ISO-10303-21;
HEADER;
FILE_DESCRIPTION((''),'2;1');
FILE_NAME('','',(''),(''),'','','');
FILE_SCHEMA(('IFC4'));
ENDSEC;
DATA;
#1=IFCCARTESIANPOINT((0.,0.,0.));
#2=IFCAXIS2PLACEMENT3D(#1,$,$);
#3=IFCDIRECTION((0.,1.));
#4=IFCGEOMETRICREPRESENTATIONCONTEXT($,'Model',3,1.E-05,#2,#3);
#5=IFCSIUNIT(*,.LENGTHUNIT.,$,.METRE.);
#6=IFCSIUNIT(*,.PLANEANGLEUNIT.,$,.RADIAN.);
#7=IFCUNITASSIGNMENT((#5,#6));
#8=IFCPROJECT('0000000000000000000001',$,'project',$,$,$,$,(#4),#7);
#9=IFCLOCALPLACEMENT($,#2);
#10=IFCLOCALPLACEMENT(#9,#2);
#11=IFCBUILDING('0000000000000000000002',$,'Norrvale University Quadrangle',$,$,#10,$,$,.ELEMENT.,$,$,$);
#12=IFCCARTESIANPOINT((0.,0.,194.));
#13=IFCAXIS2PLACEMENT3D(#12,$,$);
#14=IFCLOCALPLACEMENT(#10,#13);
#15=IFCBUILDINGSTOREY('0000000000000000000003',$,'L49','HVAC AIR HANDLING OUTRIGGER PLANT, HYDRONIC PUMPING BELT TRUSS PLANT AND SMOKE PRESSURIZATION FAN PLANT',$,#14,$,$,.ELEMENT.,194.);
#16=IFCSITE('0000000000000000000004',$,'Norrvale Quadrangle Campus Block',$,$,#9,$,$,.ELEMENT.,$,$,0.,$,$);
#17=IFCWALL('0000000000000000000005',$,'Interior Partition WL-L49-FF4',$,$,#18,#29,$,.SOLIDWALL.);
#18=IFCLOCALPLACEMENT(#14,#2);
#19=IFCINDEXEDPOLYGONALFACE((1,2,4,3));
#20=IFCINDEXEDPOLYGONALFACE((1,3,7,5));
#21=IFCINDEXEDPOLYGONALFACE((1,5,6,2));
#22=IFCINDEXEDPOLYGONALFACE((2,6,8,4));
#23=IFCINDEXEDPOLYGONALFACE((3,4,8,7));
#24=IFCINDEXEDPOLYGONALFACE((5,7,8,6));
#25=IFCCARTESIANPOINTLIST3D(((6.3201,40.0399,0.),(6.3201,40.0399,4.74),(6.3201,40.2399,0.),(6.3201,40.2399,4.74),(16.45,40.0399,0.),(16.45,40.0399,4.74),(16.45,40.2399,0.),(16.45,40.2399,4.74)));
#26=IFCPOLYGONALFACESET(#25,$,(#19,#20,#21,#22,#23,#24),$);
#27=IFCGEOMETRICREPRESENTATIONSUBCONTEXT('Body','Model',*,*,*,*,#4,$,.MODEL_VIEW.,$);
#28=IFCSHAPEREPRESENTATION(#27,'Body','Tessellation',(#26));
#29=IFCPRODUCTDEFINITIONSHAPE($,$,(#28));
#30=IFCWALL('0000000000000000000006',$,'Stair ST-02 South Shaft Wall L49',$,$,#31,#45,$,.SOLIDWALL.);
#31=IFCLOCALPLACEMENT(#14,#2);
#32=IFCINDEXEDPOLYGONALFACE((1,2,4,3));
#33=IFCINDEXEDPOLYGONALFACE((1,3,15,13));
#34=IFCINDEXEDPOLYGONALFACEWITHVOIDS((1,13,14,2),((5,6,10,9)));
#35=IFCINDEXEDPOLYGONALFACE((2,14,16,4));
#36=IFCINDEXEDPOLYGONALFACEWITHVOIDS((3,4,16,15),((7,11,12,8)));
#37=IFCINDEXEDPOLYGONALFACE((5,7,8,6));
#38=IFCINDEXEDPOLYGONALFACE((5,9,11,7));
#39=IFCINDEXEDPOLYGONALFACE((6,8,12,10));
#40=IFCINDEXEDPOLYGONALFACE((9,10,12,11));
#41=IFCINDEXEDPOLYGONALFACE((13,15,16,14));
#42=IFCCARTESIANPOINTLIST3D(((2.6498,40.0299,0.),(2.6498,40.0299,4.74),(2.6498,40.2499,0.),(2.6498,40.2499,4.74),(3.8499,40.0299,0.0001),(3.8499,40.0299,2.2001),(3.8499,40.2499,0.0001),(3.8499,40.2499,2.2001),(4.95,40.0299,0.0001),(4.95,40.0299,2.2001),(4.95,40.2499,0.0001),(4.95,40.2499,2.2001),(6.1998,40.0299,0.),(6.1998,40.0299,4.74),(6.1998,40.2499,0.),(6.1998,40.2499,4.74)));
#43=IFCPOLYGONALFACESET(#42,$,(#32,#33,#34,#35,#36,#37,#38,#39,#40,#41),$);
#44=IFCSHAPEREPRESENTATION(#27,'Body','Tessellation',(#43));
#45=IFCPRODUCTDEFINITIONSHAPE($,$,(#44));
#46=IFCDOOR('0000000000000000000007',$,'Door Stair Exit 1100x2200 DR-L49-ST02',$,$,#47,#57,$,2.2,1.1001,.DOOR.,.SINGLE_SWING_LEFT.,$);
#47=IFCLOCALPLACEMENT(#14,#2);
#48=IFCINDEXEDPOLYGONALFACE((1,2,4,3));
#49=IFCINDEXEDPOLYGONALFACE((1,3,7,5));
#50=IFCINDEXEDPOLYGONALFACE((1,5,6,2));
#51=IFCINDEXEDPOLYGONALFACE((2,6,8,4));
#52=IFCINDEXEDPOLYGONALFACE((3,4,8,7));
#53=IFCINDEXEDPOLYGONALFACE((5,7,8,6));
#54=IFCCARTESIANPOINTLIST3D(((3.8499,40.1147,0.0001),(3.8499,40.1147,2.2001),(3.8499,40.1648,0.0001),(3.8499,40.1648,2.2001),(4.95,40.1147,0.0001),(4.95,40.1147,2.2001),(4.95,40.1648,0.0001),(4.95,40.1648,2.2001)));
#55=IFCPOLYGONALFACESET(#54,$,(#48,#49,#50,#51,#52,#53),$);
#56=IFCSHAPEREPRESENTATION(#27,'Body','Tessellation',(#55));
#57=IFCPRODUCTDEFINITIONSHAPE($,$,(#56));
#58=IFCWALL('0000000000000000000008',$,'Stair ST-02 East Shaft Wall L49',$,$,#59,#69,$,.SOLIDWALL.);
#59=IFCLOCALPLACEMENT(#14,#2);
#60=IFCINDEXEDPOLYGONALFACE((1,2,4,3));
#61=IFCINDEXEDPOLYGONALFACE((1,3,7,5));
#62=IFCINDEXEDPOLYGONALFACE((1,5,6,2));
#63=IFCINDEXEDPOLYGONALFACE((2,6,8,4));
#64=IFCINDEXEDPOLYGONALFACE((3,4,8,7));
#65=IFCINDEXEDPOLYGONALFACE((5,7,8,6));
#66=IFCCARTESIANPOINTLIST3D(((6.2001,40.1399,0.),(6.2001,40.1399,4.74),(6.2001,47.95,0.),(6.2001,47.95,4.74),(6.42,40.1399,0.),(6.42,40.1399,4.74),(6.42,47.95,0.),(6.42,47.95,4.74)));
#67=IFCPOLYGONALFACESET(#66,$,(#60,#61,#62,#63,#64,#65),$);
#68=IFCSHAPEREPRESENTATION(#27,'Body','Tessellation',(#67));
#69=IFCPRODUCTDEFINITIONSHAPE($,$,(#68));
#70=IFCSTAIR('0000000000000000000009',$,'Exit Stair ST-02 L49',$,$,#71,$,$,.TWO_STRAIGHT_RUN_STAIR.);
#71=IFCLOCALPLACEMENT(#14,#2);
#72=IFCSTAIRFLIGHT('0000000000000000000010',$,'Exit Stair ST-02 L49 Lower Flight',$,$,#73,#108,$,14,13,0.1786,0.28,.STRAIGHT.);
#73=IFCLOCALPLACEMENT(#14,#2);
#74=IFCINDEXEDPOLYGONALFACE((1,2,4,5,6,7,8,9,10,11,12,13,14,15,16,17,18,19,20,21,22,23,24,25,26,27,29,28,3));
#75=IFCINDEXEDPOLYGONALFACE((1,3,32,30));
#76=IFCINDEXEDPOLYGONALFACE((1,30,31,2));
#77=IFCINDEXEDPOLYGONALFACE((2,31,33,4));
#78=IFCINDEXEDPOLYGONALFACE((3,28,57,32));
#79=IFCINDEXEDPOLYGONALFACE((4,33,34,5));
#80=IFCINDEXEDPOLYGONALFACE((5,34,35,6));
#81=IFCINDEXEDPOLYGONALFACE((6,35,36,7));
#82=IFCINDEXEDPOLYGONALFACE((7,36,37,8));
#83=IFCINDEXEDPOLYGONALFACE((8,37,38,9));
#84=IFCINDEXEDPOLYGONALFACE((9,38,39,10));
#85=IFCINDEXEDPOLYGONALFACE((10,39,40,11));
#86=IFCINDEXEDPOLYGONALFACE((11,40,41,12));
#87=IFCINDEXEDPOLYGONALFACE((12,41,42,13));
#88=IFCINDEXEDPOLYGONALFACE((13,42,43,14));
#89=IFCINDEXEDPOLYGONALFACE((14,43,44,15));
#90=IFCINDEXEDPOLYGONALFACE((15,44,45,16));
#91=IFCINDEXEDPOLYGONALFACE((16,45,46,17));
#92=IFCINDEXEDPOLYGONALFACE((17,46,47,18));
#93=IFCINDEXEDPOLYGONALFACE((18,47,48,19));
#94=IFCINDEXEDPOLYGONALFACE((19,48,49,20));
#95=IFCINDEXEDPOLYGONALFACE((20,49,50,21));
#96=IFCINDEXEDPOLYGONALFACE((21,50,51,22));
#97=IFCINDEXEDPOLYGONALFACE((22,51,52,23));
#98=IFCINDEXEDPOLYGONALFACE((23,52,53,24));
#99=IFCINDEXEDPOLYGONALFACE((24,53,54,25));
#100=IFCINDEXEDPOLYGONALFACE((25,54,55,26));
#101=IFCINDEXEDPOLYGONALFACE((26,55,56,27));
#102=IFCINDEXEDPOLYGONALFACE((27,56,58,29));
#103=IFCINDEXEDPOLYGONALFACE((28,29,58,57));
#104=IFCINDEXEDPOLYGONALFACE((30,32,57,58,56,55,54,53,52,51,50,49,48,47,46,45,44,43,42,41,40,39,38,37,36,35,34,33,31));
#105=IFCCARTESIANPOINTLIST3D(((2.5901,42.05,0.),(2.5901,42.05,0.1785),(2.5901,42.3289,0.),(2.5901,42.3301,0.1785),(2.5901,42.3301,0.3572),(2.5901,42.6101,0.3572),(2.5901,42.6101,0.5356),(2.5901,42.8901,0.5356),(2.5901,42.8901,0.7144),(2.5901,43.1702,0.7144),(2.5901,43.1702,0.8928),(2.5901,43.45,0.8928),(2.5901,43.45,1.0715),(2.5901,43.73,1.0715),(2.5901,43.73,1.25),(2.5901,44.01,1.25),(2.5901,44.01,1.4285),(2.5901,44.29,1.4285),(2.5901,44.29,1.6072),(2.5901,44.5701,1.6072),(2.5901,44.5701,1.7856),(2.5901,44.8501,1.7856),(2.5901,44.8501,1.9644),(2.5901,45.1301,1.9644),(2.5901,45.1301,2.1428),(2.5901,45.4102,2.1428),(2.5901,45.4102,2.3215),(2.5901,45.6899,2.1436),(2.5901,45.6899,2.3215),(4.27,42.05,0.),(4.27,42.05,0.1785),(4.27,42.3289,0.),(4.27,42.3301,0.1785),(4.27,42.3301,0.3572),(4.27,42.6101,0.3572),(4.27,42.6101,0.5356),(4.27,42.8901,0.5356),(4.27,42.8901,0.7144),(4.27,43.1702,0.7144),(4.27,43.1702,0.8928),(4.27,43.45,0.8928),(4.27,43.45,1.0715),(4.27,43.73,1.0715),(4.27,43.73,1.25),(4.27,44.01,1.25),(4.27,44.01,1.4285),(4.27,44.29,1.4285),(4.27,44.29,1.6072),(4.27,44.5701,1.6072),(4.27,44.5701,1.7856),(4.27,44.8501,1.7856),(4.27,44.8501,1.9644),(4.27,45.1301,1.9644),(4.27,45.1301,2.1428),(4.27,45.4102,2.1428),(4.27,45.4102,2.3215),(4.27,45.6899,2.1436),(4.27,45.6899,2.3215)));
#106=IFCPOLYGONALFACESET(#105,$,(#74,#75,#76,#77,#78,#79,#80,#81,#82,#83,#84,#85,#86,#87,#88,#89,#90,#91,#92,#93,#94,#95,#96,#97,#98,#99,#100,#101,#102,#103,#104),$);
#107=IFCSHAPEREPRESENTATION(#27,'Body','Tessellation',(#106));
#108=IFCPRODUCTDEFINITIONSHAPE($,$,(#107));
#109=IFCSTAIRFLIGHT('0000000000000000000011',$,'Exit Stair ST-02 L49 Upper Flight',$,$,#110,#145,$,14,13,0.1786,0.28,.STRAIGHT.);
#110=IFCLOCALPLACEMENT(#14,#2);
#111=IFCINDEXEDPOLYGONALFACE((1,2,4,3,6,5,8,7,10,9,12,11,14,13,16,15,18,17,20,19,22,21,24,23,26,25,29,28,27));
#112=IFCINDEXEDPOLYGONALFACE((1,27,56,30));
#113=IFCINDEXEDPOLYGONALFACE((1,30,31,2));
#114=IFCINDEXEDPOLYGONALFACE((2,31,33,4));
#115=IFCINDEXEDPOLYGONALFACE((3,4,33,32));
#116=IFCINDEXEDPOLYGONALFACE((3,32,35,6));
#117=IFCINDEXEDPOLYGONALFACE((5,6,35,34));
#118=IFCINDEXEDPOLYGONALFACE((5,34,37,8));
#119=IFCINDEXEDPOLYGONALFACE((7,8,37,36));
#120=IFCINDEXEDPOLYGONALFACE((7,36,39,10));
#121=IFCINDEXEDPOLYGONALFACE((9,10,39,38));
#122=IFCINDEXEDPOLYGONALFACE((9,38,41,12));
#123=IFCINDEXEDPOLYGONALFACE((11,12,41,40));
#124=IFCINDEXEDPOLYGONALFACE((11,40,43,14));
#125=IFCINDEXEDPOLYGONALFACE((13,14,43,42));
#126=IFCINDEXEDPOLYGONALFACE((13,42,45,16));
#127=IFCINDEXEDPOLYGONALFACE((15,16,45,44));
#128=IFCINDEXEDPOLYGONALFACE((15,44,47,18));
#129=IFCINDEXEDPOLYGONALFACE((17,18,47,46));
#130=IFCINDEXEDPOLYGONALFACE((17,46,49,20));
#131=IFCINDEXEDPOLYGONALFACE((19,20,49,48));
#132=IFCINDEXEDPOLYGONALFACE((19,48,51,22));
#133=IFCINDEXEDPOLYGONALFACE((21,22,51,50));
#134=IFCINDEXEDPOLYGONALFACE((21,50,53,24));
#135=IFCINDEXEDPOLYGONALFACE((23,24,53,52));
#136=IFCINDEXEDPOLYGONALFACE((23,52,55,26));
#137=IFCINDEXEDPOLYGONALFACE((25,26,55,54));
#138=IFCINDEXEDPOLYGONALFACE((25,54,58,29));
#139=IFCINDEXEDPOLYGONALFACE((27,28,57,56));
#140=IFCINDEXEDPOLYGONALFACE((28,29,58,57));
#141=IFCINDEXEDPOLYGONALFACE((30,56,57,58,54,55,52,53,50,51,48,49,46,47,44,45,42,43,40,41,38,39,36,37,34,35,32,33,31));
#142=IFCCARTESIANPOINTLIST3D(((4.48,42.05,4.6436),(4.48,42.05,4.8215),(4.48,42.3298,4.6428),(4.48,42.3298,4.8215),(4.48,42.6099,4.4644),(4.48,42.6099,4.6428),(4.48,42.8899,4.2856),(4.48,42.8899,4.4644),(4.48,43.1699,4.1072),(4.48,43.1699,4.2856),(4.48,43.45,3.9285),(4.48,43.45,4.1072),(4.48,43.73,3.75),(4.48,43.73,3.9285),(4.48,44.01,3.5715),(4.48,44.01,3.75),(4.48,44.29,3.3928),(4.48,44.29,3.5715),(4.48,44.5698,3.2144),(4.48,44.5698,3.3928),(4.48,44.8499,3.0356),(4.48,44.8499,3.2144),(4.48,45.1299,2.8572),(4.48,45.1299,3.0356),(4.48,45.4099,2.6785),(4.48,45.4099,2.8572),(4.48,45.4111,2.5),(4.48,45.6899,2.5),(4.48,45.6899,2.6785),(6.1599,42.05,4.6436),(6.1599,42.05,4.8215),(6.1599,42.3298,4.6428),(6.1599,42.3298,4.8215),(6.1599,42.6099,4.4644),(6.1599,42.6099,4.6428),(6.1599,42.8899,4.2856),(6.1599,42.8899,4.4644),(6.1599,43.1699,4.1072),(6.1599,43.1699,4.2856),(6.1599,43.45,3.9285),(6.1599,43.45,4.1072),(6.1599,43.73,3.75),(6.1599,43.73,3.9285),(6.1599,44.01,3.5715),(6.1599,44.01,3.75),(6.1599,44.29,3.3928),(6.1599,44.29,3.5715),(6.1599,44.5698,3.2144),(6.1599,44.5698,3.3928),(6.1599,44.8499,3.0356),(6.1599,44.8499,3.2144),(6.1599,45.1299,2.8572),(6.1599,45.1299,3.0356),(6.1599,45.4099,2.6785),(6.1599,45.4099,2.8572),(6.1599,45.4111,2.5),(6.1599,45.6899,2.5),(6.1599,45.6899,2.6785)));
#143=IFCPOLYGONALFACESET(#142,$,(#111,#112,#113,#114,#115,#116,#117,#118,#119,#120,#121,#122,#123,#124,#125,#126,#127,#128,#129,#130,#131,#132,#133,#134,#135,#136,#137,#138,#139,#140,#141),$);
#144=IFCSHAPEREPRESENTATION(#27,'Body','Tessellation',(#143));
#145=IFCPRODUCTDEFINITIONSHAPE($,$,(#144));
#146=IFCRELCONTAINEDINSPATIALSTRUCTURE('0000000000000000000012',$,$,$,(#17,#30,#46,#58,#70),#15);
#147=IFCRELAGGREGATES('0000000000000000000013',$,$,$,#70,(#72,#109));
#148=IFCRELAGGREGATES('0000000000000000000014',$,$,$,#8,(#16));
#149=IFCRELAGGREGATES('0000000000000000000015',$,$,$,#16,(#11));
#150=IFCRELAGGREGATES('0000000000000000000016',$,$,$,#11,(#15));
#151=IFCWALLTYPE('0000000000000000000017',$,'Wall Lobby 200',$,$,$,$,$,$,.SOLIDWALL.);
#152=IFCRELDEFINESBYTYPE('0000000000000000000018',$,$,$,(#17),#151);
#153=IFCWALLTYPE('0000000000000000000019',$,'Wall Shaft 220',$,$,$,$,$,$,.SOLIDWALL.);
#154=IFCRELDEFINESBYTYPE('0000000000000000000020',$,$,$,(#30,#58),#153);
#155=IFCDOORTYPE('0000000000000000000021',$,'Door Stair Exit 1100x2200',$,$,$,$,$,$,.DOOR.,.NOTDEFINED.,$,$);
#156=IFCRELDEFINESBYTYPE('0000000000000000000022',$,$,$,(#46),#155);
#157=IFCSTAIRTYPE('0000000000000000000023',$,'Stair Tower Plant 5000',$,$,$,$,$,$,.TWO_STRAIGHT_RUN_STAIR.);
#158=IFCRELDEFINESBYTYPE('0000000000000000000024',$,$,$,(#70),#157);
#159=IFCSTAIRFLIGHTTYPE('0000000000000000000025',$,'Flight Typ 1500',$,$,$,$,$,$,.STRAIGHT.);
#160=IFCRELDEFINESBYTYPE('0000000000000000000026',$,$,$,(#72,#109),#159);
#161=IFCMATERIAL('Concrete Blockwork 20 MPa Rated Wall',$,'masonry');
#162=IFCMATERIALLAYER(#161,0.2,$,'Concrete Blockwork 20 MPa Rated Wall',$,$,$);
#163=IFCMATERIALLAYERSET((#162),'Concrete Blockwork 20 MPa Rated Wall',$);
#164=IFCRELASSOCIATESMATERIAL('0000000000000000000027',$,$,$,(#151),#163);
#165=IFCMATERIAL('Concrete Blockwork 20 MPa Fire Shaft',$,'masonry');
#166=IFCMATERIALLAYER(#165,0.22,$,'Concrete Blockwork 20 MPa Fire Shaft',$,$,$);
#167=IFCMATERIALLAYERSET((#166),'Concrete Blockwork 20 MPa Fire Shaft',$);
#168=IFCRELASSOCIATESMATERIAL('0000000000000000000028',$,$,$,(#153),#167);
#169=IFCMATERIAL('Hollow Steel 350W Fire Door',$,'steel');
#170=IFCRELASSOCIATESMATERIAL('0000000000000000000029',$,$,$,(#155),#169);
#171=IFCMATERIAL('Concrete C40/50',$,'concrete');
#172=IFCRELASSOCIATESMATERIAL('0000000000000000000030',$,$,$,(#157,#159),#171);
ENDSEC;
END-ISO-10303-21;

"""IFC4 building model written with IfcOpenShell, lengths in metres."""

from ifc_helpers import new_model, si_unit, direction, frame, frame_2d, origin, place, context, subcontext, project, spatial, polyline, rectangle, outline, extrude, material, layer, layer_set, type_object, element, fill, aggregate, save


model = new_model("IFC4")

# Units and contexts
model_context = context("Model", 3, precision=1e-05, world=origin(), true_north=direction((0.0, 1.0)))
body_context = subcontext(model_context, "Body", "Model", "MODEL_VIEW")
ifc_project = project(units=[si_unit("LENGTHUNIT", "METRE"), si_unit("PLANEANGLEUNIT", "RADIAN")], contexts=[model_context])

# Site, building, storey
site_placement = place(None, origin())
site = spatial("IfcSite", under=ifc_project, at=site_placement, Name="Norrvale Quadrangle Campus Block", CompositionType="ELEMENT", RefElevation=0.0)
building_placement = place(site_placement, origin())
building = spatial("IfcBuilding", under=site, at=building_placement, Name="Norrvale University Quadrangle", CompositionType="ELEMENT")
storey_placement = place(building_placement, frame((0.0, 0.0, 194.0)))
storey = spatial("IfcBuildingStorey", under=building, at=storey_placement, Name="L49", Description="HVAC AIR HANDLING OUTRIGGER PLANT, HYDRONIC PUMPING BELT TRUSS PLANT AND SMOKE PRESSURIZATION FAN PLANT", CompositionType="ELEMENT", Elevation=194.0)

# Wall
ifc_material_1 = material(Name="Concrete Blockwork 20 MPa Rated Wall", Category="masonry")
ifc_layer_1 = layer(ifc_material_1, 0.2, Name="Concrete Blockwork 20 MPa Rated Wall")
ifc_layer_set_1 = layer_set([ifc_layer_1], Name="Concrete Blockwork 20 MPa Rated Wall")
wall_type_1 = type_object("IfcWallType", Name="Wall Lobby 200", PredefinedType="SOLIDWALL", material=ifc_layer_set_1)
wall_1_placement = place(storey_placement, frame((6.3201, 40.1399, 0.0), z_axis=(0.0, 0.0, 1.0), x_axis=(1.0, 0.0, 0.0)))
element("IfcWall", 1, at=wall_1_placement, inside=storey, type_object=wall_type_1, Name="Interior Partition WL-L49-FF4", PredefinedType="SOLIDWALL", context=body_context, shape_type="SweptSolid", body=[
    extrude(rectangle(XDim=10.1299, YDim=0.2, at=frame_2d((5.0649, 0.0))), origin(), (0.0, 0.0, 1.0), 4.74),
])

# Wall, opening, door
ifc_material_2 = material(Name="Concrete Blockwork 20 MPa Fire Shaft", Category="masonry")
ifc_layer_2 = layer(ifc_material_2, 0.22, Name="Concrete Blockwork 20 MPa Fire Shaft")
ifc_layer_set_2 = layer_set([ifc_layer_2], Name="Concrete Blockwork 20 MPa Fire Shaft")
wall_type_2 = type_object("IfcWallType", Name="Wall Shaft 220", PredefinedType="SOLIDWALL", material=ifc_layer_set_2)
wall_2_placement = place(storey_placement, frame((2.6499, 40.1399, 0.0), z_axis=(0.0, 0.0, 1.0), x_axis=(1.0, 0.0, 0.0)))
wall_2 = element("IfcWall", 2, at=wall_2_placement, inside=storey, type_object=wall_type_2, Name="Stair ST-02 South Shaft Wall L49", PredefinedType="SOLIDWALL", context=body_context, shape_type="SweptSolid", body=[
    extrude(rectangle(XDim=3.55, YDim=0.22, at=frame_2d((1.7749, 0.0))), origin(), (0.0, 0.0, 1.0), 4.74),
])
opening_1_placement = place(wall_2_placement, frame((1.2, 0.0, 0.0)))
opening_1 = element("IfcOpeningElement", 3, at=opening_1_placement, cuts=wall_2, PredefinedType="OPENING", context=body_context, shape_type="SweptSolid", body=[
    extrude(rectangle(XDim=1.1001, YDim=2.2, at=frame_2d((0.55, 1.1001))), frame((0.0, 0.1221, 0.0), z_axis=(0.0, -1.0, 0.0), x_axis=(1.0, 0.0, 0.0)), (0.0, 0.0, 1.0), 0.2439),
])
ifc_material_3 = material(Name="Hollow Steel 350W Fire Door", Category="steel")
door_type_1 = type_object("IfcDoorType", Name="Door Stair Exit 1100x2200", OperationType="NOTDEFINED", PredefinedType="DOOR", material=ifc_material_3)
door_1_placement = place(opening_1_placement, origin())
door_1 = element("IfcDoor", 4, at=door_1_placement, inside=storey, type_object=door_type_1, Name="Door Stair Exit 1100x2200 DR-L49-ST02", OperationType="SINGLE_SWING_LEFT", OverallHeight=2.2, OverallWidth=1.1001, PredefinedType="DOOR", context=body_context, shape_type="SweptSolid", body=[
    extrude(rectangle(XDim=1.1001, YDim=2.2, at=frame_2d((0.55, 1.1001))), frame((0.0, 0.0249, 0.0), z_axis=(0.0, -1.0, 0.0), x_axis=(1.0, 0.0, 0.0)), (0.0, 0.0, 1.0), 0.05),
])
fill(opening_1, door_1)

# Wall
wall_3_placement = place(storey_placement, frame((6.3101, 40.1399, 0.0), z_axis=(0.0, 0.0, 1.0), x_axis=(0.0, 1.0, 0.0)))
element("IfcWall", 5, at=wall_3_placement, inside=storey, type_object=wall_type_2, Name="Stair ST-02 East Shaft Wall L49", PredefinedType="SOLIDWALL", context=body_context, shape_type="SweptSolid", body=[
    extrude(rectangle(XDim=7.8101, YDim=0.22, at=frame_2d((3.905, 0.0))), origin(), (0.0, 0.0, 1.0), 4.74),
])

# Stair, stair flights
ifc_material_4 = material(Name="Concrete C40/50", Category="concrete")
stair_type = type_object("IfcStairType", Name="Stair Tower Plant 5000", PredefinedType="TWO_STRAIGHT_RUN_STAIR", material=ifc_material_4)
stair_placement = place(storey_placement, origin())
stair = element("IfcStair", 6, at=stair_placement, inside=storey, type_object=stair_type, Name="Exit Stair ST-02 L49", PredefinedType="TWO_STRAIGHT_RUN_STAIR")
stair_flight_type = type_object("IfcStairFlightType", Name="Flight Typ 1500", PredefinedType="STRAIGHT", material=ifc_material_4)
stair_flight_1_placement = place(storey_placement, frame((3.4299, 42.05, 0.0), z_axis=(0.0, 0.0, 1.0), x_axis=(0.0, 1.0, 0.0)))
stair_flight_1 = element("IfcStairFlight", 7, at=stair_flight_1_placement, type_object=stair_flight_type, Name="Exit Stair ST-02 L49 Lower Flight", NumberOfRisers=14, NumberOfTreads=13, PredefinedType="STRAIGHT", RiserHeight=0.1786, TreadLength=0.28, context=body_context, shape_type="SweptSolid", body=[
    extrude(outline(polyline([(0.0, 0.0), (0.0, 0.1785), (0.28, 0.1785), (0.28, 0.3572), (0.5601, 0.3572), (0.5601, 0.5356), (0.8401, 0.5356), (0.8401, 0.7144), (1.1201, 0.7144), (1.1201, 0.8928), (1.3999, 0.8928), (1.3999, 1.0715), (1.6799, 1.0715), (1.6799, 1.25), (1.96, 1.25), (1.96, 1.4285), (2.24, 1.4285), (2.24, 1.6072), (2.52, 1.6072), (2.52, 1.7856), (2.8, 1.7856), (2.8, 1.9644), (3.0801, 1.9644), (3.0801, 2.1428), (3.3601, 2.1428), (3.3601, 2.3215), (3.6399, 2.3215), (3.6399, 2.5), (3.6399, 2.1436), (0.2788, 0.0), (0.0, 0.0)])), frame((0.0, 0.8398, 0.0), z_axis=(0.0, -1.0, 0.0), x_axis=(1.0, 0.0, 0.0)), (0.0, 0.0, 1.0), 1.6799),
])
stair_flight_2_placement = place(storey_placement, frame((5.3201, 45.6899, 2.5), z_axis=(0.0, 0.0, 1.0), x_axis=(0.0, -1.0, 0.0)))
stair_flight_2 = element("IfcStairFlight", 8, at=stair_flight_2_placement, type_object=stair_flight_type, Name="Exit Stair ST-02 L49 Upper Flight", NumberOfRisers=14, NumberOfTreads=13, PredefinedType="STRAIGHT", RiserHeight=0.1786, TreadLength=0.28, context=body_context, shape_type="SweptSolid", body=[
    extrude(outline(polyline([(0.0, 0.0), (0.0, 0.1785), (0.28, 0.1785), (0.28, 0.3572), (0.5601, 0.3572), (0.5601, 0.5356), (0.8401, 0.5356), (0.8401, 0.7144), (1.1201, 0.7144), (1.1201, 0.8928), (1.3999, 0.8928), (1.3999, 1.0715), (1.6799, 1.0715), (1.6799, 1.25), (1.96, 1.25), (1.96, 1.4285), (2.24, 1.4285), (2.24, 1.6072), (2.52, 1.6072), (2.52, 1.7856), (2.8, 1.7856), (2.8, 1.9644), (3.0801, 1.9644), (3.0801, 2.1428), (3.3601, 2.1428), (3.3601, 2.3215), (3.6399, 2.3215), (3.6399, 2.5), (3.6399, 2.1436), (0.2788, 0.0), (0.0, 0.0)])), frame((0.0, 0.8398, 0.0), z_axis=(0.0, -1.0, 0.0), x_axis=(1.0, 0.0, 0.0)), (0.0, 0.0, 1.0), 1.6799),
])
aggregate(stair, [stair_flight_1, stair_flight_2])

save(model, "model.ifc")
